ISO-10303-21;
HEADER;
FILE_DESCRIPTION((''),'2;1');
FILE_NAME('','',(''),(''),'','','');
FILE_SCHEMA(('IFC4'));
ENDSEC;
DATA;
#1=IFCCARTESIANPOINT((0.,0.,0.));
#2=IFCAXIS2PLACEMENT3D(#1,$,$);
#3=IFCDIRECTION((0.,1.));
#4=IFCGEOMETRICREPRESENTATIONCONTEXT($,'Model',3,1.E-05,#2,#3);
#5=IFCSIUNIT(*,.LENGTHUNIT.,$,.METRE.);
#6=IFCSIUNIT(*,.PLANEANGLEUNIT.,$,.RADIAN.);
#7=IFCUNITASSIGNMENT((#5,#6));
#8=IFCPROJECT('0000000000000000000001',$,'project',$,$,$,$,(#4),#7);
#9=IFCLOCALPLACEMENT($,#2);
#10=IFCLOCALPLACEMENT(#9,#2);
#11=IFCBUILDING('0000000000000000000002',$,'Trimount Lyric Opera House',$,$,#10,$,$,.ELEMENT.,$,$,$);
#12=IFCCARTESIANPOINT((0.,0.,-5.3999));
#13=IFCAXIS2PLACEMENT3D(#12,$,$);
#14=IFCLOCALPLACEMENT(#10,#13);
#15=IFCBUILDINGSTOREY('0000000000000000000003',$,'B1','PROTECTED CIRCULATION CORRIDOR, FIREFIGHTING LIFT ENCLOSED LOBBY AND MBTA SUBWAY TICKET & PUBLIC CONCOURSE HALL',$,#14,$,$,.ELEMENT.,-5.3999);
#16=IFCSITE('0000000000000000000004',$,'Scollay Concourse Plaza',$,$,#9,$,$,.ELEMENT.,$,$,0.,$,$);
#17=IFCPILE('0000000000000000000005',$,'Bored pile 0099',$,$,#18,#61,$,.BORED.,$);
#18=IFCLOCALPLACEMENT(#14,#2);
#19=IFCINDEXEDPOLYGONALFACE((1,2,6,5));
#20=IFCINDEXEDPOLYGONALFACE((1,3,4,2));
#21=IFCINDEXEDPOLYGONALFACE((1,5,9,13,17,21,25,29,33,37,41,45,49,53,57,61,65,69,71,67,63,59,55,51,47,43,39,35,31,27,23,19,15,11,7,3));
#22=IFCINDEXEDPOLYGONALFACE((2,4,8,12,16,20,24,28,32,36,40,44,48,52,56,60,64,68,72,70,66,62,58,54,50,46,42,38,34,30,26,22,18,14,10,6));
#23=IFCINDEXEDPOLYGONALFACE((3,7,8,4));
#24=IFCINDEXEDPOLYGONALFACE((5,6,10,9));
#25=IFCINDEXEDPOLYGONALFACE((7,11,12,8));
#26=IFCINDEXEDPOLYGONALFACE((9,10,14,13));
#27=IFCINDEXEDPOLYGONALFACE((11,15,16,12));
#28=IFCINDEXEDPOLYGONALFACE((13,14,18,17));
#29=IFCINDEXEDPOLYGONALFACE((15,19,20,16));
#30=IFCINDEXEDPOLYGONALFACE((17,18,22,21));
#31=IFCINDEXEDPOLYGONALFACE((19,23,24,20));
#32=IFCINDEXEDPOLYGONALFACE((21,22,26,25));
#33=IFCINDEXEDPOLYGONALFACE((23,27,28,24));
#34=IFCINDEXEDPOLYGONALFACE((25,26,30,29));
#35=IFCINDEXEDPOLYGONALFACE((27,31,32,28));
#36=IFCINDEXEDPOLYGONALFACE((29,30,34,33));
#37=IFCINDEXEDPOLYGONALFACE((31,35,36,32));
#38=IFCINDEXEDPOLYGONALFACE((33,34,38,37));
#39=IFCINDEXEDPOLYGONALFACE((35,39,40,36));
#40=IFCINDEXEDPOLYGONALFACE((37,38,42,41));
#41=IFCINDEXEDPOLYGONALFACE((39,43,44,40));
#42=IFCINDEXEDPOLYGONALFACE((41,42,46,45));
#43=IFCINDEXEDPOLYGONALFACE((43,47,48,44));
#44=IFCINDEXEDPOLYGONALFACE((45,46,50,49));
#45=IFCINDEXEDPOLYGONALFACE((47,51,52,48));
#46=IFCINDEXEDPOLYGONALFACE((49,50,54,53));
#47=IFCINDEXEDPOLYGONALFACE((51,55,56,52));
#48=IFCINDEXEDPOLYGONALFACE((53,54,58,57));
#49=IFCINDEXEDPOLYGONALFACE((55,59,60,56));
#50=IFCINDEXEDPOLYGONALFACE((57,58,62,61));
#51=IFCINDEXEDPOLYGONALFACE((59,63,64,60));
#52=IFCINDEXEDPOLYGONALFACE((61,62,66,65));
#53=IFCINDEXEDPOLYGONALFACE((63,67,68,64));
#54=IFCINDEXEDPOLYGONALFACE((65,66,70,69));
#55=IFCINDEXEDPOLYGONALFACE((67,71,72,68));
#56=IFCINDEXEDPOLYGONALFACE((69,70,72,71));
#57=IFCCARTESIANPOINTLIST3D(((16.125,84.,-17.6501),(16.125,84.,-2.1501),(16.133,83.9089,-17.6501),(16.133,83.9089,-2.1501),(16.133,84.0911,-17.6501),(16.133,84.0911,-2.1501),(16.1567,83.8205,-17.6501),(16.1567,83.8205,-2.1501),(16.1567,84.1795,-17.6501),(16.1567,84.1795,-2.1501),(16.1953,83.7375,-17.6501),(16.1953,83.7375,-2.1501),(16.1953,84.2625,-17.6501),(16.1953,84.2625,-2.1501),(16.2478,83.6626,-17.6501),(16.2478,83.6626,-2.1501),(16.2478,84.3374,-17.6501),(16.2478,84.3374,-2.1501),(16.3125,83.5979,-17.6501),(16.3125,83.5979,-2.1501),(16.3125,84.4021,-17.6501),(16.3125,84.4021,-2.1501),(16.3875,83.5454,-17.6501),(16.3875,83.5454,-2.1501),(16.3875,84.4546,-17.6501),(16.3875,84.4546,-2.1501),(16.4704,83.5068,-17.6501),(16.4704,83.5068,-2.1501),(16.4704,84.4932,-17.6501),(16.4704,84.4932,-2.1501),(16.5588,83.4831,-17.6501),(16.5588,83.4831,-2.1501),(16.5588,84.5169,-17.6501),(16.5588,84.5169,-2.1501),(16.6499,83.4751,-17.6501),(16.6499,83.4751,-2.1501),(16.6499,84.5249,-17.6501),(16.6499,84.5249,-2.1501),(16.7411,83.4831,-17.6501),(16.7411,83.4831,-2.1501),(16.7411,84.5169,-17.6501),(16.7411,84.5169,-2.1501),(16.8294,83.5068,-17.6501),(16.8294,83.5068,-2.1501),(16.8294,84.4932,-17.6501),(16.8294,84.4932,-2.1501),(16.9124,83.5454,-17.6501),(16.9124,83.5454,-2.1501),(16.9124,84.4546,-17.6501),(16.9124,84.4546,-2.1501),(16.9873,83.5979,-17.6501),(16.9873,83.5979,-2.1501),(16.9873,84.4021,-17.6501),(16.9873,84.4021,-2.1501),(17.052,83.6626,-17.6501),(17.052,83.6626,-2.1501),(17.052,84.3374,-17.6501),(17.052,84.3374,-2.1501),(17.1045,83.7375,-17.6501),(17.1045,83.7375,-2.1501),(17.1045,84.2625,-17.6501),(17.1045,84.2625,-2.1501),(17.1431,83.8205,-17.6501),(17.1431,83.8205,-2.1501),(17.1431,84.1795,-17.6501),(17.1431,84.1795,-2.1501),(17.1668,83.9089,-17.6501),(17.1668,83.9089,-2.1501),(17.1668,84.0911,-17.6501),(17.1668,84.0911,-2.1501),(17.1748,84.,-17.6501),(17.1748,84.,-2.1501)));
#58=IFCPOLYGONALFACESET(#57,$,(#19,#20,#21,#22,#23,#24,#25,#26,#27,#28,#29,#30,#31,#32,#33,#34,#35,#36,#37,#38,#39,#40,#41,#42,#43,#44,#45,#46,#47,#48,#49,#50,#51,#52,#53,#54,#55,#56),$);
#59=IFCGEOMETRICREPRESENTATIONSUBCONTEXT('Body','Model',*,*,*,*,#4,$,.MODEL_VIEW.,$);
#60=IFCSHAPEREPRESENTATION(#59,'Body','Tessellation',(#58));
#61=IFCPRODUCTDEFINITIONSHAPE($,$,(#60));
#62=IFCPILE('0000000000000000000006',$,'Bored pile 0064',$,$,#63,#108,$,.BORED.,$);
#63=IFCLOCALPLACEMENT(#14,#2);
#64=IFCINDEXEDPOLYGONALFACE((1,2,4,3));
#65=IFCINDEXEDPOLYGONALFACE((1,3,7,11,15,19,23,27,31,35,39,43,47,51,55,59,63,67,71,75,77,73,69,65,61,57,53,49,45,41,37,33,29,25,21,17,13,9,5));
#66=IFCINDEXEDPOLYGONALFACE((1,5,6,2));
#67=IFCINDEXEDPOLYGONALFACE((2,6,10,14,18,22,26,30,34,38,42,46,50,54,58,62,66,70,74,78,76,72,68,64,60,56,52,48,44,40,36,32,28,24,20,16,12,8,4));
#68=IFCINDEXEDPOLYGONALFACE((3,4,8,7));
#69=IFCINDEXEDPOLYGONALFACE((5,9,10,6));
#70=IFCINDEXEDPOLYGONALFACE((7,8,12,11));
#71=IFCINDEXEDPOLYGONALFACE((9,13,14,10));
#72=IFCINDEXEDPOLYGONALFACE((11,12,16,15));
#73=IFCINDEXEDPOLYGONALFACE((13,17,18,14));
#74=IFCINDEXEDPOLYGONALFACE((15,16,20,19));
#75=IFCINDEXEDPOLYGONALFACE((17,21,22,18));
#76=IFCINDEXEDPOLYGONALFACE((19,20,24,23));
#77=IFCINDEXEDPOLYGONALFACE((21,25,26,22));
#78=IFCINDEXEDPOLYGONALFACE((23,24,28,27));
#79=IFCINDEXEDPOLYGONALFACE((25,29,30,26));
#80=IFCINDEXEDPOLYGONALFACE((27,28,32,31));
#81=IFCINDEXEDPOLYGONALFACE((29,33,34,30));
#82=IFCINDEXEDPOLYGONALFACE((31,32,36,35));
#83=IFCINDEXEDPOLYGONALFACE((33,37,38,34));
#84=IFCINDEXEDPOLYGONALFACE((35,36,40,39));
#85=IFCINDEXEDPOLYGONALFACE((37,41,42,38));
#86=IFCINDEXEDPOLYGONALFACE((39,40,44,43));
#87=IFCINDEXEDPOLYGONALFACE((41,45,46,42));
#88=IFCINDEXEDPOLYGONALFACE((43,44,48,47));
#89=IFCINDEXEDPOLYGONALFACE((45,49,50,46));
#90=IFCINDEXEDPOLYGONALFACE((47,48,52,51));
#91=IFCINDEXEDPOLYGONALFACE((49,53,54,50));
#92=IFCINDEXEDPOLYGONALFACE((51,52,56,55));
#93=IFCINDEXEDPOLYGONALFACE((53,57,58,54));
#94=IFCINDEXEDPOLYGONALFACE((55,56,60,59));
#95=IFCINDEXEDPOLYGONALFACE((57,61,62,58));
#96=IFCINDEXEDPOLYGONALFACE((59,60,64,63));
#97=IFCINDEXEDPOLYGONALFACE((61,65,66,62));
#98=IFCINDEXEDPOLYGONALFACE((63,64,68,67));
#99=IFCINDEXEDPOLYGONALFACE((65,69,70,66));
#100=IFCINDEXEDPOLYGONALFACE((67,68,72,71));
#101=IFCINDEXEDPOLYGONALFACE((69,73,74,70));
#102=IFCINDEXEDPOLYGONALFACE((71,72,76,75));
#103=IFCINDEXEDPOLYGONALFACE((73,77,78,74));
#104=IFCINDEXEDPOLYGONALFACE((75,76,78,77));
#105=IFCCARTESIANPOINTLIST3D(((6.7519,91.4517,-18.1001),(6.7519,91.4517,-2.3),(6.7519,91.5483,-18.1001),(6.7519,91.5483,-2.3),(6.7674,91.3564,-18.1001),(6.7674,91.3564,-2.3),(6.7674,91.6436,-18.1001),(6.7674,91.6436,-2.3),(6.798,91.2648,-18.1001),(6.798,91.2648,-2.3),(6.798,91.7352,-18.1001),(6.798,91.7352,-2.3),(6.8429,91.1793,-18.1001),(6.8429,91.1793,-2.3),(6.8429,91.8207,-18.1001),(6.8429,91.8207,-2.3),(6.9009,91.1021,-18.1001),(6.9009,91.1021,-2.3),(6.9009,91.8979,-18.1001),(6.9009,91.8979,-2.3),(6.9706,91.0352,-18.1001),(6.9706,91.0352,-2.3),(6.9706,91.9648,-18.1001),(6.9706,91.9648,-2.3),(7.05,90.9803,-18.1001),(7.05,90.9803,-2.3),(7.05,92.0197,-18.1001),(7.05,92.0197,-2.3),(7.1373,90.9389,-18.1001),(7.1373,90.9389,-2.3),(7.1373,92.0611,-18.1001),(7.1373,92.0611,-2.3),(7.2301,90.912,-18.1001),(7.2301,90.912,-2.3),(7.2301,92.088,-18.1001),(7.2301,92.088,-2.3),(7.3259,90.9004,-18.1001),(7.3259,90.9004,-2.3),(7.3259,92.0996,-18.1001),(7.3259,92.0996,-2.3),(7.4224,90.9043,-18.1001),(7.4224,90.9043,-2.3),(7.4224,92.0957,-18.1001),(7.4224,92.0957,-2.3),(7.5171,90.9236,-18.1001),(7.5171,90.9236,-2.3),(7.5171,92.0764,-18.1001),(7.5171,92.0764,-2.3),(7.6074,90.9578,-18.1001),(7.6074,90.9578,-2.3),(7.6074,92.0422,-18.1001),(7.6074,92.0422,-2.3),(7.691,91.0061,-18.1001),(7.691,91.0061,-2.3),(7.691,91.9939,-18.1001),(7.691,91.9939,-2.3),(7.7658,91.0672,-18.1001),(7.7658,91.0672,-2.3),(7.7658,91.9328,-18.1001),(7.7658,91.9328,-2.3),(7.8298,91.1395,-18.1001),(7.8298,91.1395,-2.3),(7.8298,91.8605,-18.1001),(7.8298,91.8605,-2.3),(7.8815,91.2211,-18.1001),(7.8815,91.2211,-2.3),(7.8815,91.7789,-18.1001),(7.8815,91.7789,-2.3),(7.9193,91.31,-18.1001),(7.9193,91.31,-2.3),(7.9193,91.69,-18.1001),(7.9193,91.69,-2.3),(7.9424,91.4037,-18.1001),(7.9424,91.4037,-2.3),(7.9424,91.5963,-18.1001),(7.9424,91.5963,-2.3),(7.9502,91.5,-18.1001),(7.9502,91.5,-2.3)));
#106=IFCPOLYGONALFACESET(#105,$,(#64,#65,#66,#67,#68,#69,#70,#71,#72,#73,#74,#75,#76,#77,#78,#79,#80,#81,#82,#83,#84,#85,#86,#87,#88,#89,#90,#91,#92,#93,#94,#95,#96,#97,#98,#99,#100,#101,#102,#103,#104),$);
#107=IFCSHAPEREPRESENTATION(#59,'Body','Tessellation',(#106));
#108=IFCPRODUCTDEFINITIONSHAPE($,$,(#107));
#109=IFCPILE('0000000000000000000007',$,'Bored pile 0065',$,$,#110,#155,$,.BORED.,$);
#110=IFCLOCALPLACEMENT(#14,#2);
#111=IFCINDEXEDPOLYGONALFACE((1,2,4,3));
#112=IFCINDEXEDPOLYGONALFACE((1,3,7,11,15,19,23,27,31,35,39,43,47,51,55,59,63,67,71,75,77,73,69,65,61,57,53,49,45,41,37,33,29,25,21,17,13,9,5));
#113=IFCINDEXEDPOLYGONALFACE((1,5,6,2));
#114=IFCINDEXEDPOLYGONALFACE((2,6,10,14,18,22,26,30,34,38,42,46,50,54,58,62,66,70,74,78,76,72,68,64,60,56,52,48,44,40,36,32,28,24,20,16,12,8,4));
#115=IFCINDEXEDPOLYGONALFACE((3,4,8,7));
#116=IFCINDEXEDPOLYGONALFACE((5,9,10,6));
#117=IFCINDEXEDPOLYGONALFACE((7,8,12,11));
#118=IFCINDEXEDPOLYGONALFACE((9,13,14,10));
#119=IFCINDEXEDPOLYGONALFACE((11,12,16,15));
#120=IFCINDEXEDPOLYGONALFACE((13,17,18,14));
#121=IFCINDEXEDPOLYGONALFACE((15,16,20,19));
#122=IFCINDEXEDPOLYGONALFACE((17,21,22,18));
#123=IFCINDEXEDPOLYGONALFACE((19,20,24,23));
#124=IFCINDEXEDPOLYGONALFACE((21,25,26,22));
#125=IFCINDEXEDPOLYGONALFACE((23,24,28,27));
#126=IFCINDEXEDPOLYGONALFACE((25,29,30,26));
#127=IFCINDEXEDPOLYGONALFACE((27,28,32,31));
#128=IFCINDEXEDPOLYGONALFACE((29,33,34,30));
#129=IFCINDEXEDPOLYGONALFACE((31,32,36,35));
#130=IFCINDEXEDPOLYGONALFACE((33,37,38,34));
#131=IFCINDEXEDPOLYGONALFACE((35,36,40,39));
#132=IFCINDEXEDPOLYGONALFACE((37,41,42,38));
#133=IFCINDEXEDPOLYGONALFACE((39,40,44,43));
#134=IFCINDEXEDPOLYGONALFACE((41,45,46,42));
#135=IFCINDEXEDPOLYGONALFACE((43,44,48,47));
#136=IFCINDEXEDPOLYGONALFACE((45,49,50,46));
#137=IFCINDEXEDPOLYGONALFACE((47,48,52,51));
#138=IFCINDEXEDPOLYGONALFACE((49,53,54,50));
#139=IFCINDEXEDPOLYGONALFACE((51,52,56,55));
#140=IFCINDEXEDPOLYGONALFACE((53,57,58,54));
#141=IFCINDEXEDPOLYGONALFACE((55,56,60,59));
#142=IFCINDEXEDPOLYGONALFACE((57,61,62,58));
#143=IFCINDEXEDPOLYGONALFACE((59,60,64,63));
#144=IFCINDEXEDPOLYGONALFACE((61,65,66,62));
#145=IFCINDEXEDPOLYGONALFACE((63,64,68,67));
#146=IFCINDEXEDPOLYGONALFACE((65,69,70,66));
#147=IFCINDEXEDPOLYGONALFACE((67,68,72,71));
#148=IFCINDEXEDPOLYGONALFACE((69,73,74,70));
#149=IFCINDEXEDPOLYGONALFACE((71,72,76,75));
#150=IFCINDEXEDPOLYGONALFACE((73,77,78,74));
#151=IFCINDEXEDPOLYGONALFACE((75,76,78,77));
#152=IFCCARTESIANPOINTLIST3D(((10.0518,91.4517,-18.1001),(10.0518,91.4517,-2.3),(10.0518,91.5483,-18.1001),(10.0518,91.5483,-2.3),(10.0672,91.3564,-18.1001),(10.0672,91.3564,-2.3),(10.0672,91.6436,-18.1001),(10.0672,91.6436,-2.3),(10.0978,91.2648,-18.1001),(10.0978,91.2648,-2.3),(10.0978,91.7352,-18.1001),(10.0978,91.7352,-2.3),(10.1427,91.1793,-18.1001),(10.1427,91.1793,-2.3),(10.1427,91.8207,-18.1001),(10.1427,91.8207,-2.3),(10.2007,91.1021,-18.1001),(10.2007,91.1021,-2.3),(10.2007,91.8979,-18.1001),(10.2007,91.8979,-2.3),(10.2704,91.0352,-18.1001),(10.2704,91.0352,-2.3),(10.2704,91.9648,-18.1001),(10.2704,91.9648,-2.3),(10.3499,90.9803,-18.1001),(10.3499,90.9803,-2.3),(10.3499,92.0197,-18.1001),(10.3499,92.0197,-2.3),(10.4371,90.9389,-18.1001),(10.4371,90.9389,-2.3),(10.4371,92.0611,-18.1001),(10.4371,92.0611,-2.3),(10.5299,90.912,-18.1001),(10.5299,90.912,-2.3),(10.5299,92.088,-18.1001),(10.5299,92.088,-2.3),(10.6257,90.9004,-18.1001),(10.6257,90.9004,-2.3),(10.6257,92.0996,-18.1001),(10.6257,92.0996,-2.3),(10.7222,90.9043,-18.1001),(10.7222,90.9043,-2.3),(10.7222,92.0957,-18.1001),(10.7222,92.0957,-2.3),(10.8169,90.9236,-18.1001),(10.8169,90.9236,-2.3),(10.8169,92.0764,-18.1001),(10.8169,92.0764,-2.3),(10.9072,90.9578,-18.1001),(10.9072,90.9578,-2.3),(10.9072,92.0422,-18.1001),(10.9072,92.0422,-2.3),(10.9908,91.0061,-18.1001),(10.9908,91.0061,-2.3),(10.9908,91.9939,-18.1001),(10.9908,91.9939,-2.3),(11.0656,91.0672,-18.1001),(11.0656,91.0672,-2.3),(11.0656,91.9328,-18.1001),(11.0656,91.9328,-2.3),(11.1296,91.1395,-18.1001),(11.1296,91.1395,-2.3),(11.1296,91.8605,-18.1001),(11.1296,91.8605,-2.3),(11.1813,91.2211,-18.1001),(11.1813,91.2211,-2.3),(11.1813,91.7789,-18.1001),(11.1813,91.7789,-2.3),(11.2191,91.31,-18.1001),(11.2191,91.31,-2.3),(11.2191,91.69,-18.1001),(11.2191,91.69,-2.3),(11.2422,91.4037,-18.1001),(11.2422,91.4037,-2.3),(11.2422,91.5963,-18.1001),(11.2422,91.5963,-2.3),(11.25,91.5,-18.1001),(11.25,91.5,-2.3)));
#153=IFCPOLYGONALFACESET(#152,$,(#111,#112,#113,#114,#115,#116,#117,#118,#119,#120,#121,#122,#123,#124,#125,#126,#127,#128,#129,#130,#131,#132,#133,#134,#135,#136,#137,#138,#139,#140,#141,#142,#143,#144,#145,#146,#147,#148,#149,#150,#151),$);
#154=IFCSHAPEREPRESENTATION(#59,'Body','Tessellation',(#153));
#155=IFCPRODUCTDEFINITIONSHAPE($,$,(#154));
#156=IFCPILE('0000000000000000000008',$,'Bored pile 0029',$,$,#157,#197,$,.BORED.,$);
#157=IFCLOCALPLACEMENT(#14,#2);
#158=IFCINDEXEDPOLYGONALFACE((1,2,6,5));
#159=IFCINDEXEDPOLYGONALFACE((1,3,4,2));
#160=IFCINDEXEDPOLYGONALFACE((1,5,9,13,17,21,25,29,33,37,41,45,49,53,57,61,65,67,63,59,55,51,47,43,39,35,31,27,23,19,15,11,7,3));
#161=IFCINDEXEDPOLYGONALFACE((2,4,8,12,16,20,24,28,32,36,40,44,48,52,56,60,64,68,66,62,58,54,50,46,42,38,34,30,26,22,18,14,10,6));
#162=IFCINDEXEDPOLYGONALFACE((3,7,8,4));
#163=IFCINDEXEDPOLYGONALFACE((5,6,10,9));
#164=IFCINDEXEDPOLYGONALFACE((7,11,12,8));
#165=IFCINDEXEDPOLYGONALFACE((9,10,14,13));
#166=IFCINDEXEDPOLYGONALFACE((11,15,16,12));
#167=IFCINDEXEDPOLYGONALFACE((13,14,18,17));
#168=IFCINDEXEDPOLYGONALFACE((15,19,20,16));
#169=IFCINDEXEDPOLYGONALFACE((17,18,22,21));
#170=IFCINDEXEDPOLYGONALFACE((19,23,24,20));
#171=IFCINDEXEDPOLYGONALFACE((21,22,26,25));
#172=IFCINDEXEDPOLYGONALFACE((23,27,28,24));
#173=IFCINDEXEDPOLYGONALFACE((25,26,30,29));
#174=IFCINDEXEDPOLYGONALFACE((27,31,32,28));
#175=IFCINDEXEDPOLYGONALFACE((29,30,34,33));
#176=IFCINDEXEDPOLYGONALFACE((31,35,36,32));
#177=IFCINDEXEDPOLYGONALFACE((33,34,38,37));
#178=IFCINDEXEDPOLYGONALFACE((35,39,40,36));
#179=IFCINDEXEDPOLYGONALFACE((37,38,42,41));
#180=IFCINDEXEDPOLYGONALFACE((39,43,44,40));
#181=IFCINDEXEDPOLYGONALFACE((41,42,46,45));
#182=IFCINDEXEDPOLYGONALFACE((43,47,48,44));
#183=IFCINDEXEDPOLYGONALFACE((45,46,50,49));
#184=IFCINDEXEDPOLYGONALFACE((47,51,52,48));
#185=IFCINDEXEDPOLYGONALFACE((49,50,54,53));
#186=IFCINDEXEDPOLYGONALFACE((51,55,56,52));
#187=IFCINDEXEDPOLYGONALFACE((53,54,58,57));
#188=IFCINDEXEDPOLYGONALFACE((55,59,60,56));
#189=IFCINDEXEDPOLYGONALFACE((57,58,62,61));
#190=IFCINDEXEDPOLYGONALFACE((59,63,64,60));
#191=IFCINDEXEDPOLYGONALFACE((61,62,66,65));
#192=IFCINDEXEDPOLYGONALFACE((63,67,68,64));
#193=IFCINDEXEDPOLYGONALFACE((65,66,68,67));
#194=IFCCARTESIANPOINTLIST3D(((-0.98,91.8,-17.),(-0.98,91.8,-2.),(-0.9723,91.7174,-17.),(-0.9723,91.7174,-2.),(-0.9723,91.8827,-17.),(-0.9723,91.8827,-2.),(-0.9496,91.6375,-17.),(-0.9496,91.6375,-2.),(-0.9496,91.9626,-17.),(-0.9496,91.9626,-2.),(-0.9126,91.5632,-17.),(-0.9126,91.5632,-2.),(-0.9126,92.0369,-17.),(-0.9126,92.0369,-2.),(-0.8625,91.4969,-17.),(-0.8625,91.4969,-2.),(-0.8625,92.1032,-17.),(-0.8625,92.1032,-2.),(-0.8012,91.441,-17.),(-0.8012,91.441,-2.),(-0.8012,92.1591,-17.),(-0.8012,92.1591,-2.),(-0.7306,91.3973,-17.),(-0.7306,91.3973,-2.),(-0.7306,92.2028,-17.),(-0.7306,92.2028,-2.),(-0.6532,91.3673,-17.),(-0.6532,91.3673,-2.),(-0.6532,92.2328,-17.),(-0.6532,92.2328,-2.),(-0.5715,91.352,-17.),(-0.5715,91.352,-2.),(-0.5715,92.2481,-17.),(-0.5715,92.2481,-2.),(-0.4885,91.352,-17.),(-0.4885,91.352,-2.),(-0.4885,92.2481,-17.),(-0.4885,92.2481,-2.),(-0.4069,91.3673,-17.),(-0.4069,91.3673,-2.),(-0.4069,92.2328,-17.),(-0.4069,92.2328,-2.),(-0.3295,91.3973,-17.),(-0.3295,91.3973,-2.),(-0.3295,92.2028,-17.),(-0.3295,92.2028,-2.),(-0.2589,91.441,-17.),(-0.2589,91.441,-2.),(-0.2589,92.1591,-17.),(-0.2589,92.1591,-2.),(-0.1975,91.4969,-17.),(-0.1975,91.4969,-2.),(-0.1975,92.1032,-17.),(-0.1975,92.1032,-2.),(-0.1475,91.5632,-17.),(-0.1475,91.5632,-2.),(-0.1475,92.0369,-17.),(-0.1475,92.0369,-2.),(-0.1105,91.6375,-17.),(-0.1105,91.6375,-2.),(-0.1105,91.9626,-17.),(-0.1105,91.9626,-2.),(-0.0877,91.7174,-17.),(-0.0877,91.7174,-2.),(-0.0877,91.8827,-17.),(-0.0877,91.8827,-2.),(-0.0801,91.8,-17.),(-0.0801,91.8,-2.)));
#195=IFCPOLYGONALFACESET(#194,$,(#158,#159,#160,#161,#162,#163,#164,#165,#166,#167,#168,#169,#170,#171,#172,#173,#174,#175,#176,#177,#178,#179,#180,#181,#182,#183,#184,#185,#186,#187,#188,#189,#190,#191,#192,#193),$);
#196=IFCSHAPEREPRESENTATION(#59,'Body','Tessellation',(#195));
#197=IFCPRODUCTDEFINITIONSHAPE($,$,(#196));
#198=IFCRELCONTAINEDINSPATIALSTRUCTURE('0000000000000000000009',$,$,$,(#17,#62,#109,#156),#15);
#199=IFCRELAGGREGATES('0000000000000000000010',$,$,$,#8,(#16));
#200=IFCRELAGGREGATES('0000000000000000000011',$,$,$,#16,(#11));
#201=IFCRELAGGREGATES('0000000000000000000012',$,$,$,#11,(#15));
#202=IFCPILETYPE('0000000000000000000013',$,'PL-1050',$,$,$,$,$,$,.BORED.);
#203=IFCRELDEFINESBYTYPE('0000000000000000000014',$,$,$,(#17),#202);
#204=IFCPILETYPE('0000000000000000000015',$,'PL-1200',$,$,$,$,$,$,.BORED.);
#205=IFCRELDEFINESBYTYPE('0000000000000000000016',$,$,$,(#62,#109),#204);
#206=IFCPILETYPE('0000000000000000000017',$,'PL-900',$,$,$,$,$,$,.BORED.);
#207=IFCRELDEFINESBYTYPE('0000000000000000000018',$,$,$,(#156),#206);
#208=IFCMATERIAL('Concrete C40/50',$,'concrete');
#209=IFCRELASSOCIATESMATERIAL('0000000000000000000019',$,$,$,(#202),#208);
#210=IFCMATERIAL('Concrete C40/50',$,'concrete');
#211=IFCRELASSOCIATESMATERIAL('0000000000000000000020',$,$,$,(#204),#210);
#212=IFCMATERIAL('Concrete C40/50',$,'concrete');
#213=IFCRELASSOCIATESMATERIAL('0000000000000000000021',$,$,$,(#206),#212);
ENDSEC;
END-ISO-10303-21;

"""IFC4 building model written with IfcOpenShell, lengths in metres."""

from ifc_helpers import new_model, si_unit, direction, frame, origin, origin_2d, place, context, subcontext, project, spatial, circle, extrude, material, material_profile, profile_set, type_object, element, save


model = new_model("IFC4")

# Units and contexts
model_context = context("Model", 3, precision=1e-05, world=origin(), true_north=direction((0.0, 1.0)))
body_context = subcontext(model_context, "Body", "Model", "MODEL_VIEW")
ifc_project = project(units=[si_unit("LENGTHUNIT", "METRE"), si_unit("PLANEANGLEUNIT", "RADIAN")], contexts=[model_context])

# Site, building, storey
site_placement = place(None, origin())
site = spatial("IfcSite", under=ifc_project, at=site_placement, Name="Scollay Concourse Plaza", CompositionType="ELEMENT", RefElevation=0.0)
building_placement = place(site_placement, origin())
building = spatial("IfcBuilding", under=site, at=building_placement, Name="Trimount Lyric Opera House", CompositionType="ELEMENT")
storey_placement = place(building_placement, frame((0.0, 0.0, -5.3999)))
storey = spatial("IfcBuildingStorey", under=building, at=storey_placement, Name="B1", Description="PROTECTED CIRCULATION CORRIDOR, FIREFIGHTING LIFT ENCLOSED LOBBY AND MBTA SUBWAY TICKET & PUBLIC CONCOURSE HALL", CompositionType="ELEMENT", Elevation=-5.3999)

# Piles
ifc_material_1 = material(Name="Concrete C40/50", Category="concrete")
ifc_material_profile_1 = material_profile(ifc_material_1, circle(Radius=0.5249, at=origin_2d()), Name="PILE-D1050")
ifc_profile_set_1 = profile_set([ifc_material_profile_1], Name="Concrete C40/50")
pile_type_1 = type_object("IfcPileType", Name="PL-1050", PredefinedType="BORED", material=ifc_profile_set_1)
for number, where, z_axis, x_axis, name in (
    (1, (16.6499, 84.0, -2.1501), (0.0, 0.0, -1.0), (1.0, 0.0, 0.0), "Bored pile 0099"),
):
    element("IfcPile", number, at=place(storey_placement, frame(where, z_axis=z_axis, x_axis=x_axis)), inside=storey, type_object=pile_type_1, Name=name, PredefinedType="BORED", context=body_context, shape_type="SweptSolid", body=[
        extrude(circle(Radius=0.5249, at=origin_2d()), origin(), (0.0, 0.0, 1.0), 15.5),
    ])
ifc_material_2 = material(Name="Concrete C40/50", Category="concrete")
ifc_material_profile_2 = material_profile(ifc_material_2, circle(Radius=0.6001, at=origin_2d()), Name="PILE-D1200")
ifc_profile_set_2 = profile_set([ifc_material_profile_2], Name="Concrete C40/50")
pile_type_2 = type_object("IfcPileType", Name="PL-1200", PredefinedType="BORED", material=ifc_profile_set_2)
for number, where, z_axis, x_axis, name in (
    (2, (7.3501, 91.5, -2.3), (0.0, 0.0, -1.0), (1.0, 0.0, 0.0), "Bored pile 0064"),
    (3, (10.6499, 91.5, -2.3), (0.0, 0.0, -1.0), (1.0, 0.0, 0.0), "Bored pile 0065"),
):
    element("IfcPile", number, at=place(storey_placement, frame(where, z_axis=z_axis, x_axis=x_axis)), inside=storey, type_object=pile_type_2, Name=name, PredefinedType="BORED", context=body_context, shape_type="SweptSolid", body=[
        extrude(circle(Radius=0.6001, at=origin_2d()), origin(), (0.0, 0.0, 1.0), 15.8),
    ])
ifc_material_3 = material(Name="Concrete C40/50", Category="concrete")
ifc_material_profile_3 = material_profile(ifc_material_3, circle(Radius=0.45, at=origin_2d()), Name="PILE-D900")
ifc_profile_set_3 = profile_set([ifc_material_profile_3], Name="Concrete C40/50")
pile_type_3 = type_object("IfcPileType", Name="PL-900", PredefinedType="BORED", material=ifc_profile_set_3)
for number, where, z_axis, x_axis, name in (
    (4, (-0.53, 91.8, -2.0), (0.0, 0.0, -1.0), (1.0, 0.0, 0.0), "Bored pile 0029"),
):
    element("IfcPile", number, at=place(storey_placement, frame(where, z_axis=z_axis, x_axis=x_axis)), inside=storey, type_object=pile_type_3, Name=name, PredefinedType="BORED", context=body_context, shape_type="SweptSolid", body=[
        extrude(circle(Radius=0.45, at=origin_2d()), origin(), (0.0, 0.0, 1.0), 15.0),
    ])

save(model, "model.ifc")
